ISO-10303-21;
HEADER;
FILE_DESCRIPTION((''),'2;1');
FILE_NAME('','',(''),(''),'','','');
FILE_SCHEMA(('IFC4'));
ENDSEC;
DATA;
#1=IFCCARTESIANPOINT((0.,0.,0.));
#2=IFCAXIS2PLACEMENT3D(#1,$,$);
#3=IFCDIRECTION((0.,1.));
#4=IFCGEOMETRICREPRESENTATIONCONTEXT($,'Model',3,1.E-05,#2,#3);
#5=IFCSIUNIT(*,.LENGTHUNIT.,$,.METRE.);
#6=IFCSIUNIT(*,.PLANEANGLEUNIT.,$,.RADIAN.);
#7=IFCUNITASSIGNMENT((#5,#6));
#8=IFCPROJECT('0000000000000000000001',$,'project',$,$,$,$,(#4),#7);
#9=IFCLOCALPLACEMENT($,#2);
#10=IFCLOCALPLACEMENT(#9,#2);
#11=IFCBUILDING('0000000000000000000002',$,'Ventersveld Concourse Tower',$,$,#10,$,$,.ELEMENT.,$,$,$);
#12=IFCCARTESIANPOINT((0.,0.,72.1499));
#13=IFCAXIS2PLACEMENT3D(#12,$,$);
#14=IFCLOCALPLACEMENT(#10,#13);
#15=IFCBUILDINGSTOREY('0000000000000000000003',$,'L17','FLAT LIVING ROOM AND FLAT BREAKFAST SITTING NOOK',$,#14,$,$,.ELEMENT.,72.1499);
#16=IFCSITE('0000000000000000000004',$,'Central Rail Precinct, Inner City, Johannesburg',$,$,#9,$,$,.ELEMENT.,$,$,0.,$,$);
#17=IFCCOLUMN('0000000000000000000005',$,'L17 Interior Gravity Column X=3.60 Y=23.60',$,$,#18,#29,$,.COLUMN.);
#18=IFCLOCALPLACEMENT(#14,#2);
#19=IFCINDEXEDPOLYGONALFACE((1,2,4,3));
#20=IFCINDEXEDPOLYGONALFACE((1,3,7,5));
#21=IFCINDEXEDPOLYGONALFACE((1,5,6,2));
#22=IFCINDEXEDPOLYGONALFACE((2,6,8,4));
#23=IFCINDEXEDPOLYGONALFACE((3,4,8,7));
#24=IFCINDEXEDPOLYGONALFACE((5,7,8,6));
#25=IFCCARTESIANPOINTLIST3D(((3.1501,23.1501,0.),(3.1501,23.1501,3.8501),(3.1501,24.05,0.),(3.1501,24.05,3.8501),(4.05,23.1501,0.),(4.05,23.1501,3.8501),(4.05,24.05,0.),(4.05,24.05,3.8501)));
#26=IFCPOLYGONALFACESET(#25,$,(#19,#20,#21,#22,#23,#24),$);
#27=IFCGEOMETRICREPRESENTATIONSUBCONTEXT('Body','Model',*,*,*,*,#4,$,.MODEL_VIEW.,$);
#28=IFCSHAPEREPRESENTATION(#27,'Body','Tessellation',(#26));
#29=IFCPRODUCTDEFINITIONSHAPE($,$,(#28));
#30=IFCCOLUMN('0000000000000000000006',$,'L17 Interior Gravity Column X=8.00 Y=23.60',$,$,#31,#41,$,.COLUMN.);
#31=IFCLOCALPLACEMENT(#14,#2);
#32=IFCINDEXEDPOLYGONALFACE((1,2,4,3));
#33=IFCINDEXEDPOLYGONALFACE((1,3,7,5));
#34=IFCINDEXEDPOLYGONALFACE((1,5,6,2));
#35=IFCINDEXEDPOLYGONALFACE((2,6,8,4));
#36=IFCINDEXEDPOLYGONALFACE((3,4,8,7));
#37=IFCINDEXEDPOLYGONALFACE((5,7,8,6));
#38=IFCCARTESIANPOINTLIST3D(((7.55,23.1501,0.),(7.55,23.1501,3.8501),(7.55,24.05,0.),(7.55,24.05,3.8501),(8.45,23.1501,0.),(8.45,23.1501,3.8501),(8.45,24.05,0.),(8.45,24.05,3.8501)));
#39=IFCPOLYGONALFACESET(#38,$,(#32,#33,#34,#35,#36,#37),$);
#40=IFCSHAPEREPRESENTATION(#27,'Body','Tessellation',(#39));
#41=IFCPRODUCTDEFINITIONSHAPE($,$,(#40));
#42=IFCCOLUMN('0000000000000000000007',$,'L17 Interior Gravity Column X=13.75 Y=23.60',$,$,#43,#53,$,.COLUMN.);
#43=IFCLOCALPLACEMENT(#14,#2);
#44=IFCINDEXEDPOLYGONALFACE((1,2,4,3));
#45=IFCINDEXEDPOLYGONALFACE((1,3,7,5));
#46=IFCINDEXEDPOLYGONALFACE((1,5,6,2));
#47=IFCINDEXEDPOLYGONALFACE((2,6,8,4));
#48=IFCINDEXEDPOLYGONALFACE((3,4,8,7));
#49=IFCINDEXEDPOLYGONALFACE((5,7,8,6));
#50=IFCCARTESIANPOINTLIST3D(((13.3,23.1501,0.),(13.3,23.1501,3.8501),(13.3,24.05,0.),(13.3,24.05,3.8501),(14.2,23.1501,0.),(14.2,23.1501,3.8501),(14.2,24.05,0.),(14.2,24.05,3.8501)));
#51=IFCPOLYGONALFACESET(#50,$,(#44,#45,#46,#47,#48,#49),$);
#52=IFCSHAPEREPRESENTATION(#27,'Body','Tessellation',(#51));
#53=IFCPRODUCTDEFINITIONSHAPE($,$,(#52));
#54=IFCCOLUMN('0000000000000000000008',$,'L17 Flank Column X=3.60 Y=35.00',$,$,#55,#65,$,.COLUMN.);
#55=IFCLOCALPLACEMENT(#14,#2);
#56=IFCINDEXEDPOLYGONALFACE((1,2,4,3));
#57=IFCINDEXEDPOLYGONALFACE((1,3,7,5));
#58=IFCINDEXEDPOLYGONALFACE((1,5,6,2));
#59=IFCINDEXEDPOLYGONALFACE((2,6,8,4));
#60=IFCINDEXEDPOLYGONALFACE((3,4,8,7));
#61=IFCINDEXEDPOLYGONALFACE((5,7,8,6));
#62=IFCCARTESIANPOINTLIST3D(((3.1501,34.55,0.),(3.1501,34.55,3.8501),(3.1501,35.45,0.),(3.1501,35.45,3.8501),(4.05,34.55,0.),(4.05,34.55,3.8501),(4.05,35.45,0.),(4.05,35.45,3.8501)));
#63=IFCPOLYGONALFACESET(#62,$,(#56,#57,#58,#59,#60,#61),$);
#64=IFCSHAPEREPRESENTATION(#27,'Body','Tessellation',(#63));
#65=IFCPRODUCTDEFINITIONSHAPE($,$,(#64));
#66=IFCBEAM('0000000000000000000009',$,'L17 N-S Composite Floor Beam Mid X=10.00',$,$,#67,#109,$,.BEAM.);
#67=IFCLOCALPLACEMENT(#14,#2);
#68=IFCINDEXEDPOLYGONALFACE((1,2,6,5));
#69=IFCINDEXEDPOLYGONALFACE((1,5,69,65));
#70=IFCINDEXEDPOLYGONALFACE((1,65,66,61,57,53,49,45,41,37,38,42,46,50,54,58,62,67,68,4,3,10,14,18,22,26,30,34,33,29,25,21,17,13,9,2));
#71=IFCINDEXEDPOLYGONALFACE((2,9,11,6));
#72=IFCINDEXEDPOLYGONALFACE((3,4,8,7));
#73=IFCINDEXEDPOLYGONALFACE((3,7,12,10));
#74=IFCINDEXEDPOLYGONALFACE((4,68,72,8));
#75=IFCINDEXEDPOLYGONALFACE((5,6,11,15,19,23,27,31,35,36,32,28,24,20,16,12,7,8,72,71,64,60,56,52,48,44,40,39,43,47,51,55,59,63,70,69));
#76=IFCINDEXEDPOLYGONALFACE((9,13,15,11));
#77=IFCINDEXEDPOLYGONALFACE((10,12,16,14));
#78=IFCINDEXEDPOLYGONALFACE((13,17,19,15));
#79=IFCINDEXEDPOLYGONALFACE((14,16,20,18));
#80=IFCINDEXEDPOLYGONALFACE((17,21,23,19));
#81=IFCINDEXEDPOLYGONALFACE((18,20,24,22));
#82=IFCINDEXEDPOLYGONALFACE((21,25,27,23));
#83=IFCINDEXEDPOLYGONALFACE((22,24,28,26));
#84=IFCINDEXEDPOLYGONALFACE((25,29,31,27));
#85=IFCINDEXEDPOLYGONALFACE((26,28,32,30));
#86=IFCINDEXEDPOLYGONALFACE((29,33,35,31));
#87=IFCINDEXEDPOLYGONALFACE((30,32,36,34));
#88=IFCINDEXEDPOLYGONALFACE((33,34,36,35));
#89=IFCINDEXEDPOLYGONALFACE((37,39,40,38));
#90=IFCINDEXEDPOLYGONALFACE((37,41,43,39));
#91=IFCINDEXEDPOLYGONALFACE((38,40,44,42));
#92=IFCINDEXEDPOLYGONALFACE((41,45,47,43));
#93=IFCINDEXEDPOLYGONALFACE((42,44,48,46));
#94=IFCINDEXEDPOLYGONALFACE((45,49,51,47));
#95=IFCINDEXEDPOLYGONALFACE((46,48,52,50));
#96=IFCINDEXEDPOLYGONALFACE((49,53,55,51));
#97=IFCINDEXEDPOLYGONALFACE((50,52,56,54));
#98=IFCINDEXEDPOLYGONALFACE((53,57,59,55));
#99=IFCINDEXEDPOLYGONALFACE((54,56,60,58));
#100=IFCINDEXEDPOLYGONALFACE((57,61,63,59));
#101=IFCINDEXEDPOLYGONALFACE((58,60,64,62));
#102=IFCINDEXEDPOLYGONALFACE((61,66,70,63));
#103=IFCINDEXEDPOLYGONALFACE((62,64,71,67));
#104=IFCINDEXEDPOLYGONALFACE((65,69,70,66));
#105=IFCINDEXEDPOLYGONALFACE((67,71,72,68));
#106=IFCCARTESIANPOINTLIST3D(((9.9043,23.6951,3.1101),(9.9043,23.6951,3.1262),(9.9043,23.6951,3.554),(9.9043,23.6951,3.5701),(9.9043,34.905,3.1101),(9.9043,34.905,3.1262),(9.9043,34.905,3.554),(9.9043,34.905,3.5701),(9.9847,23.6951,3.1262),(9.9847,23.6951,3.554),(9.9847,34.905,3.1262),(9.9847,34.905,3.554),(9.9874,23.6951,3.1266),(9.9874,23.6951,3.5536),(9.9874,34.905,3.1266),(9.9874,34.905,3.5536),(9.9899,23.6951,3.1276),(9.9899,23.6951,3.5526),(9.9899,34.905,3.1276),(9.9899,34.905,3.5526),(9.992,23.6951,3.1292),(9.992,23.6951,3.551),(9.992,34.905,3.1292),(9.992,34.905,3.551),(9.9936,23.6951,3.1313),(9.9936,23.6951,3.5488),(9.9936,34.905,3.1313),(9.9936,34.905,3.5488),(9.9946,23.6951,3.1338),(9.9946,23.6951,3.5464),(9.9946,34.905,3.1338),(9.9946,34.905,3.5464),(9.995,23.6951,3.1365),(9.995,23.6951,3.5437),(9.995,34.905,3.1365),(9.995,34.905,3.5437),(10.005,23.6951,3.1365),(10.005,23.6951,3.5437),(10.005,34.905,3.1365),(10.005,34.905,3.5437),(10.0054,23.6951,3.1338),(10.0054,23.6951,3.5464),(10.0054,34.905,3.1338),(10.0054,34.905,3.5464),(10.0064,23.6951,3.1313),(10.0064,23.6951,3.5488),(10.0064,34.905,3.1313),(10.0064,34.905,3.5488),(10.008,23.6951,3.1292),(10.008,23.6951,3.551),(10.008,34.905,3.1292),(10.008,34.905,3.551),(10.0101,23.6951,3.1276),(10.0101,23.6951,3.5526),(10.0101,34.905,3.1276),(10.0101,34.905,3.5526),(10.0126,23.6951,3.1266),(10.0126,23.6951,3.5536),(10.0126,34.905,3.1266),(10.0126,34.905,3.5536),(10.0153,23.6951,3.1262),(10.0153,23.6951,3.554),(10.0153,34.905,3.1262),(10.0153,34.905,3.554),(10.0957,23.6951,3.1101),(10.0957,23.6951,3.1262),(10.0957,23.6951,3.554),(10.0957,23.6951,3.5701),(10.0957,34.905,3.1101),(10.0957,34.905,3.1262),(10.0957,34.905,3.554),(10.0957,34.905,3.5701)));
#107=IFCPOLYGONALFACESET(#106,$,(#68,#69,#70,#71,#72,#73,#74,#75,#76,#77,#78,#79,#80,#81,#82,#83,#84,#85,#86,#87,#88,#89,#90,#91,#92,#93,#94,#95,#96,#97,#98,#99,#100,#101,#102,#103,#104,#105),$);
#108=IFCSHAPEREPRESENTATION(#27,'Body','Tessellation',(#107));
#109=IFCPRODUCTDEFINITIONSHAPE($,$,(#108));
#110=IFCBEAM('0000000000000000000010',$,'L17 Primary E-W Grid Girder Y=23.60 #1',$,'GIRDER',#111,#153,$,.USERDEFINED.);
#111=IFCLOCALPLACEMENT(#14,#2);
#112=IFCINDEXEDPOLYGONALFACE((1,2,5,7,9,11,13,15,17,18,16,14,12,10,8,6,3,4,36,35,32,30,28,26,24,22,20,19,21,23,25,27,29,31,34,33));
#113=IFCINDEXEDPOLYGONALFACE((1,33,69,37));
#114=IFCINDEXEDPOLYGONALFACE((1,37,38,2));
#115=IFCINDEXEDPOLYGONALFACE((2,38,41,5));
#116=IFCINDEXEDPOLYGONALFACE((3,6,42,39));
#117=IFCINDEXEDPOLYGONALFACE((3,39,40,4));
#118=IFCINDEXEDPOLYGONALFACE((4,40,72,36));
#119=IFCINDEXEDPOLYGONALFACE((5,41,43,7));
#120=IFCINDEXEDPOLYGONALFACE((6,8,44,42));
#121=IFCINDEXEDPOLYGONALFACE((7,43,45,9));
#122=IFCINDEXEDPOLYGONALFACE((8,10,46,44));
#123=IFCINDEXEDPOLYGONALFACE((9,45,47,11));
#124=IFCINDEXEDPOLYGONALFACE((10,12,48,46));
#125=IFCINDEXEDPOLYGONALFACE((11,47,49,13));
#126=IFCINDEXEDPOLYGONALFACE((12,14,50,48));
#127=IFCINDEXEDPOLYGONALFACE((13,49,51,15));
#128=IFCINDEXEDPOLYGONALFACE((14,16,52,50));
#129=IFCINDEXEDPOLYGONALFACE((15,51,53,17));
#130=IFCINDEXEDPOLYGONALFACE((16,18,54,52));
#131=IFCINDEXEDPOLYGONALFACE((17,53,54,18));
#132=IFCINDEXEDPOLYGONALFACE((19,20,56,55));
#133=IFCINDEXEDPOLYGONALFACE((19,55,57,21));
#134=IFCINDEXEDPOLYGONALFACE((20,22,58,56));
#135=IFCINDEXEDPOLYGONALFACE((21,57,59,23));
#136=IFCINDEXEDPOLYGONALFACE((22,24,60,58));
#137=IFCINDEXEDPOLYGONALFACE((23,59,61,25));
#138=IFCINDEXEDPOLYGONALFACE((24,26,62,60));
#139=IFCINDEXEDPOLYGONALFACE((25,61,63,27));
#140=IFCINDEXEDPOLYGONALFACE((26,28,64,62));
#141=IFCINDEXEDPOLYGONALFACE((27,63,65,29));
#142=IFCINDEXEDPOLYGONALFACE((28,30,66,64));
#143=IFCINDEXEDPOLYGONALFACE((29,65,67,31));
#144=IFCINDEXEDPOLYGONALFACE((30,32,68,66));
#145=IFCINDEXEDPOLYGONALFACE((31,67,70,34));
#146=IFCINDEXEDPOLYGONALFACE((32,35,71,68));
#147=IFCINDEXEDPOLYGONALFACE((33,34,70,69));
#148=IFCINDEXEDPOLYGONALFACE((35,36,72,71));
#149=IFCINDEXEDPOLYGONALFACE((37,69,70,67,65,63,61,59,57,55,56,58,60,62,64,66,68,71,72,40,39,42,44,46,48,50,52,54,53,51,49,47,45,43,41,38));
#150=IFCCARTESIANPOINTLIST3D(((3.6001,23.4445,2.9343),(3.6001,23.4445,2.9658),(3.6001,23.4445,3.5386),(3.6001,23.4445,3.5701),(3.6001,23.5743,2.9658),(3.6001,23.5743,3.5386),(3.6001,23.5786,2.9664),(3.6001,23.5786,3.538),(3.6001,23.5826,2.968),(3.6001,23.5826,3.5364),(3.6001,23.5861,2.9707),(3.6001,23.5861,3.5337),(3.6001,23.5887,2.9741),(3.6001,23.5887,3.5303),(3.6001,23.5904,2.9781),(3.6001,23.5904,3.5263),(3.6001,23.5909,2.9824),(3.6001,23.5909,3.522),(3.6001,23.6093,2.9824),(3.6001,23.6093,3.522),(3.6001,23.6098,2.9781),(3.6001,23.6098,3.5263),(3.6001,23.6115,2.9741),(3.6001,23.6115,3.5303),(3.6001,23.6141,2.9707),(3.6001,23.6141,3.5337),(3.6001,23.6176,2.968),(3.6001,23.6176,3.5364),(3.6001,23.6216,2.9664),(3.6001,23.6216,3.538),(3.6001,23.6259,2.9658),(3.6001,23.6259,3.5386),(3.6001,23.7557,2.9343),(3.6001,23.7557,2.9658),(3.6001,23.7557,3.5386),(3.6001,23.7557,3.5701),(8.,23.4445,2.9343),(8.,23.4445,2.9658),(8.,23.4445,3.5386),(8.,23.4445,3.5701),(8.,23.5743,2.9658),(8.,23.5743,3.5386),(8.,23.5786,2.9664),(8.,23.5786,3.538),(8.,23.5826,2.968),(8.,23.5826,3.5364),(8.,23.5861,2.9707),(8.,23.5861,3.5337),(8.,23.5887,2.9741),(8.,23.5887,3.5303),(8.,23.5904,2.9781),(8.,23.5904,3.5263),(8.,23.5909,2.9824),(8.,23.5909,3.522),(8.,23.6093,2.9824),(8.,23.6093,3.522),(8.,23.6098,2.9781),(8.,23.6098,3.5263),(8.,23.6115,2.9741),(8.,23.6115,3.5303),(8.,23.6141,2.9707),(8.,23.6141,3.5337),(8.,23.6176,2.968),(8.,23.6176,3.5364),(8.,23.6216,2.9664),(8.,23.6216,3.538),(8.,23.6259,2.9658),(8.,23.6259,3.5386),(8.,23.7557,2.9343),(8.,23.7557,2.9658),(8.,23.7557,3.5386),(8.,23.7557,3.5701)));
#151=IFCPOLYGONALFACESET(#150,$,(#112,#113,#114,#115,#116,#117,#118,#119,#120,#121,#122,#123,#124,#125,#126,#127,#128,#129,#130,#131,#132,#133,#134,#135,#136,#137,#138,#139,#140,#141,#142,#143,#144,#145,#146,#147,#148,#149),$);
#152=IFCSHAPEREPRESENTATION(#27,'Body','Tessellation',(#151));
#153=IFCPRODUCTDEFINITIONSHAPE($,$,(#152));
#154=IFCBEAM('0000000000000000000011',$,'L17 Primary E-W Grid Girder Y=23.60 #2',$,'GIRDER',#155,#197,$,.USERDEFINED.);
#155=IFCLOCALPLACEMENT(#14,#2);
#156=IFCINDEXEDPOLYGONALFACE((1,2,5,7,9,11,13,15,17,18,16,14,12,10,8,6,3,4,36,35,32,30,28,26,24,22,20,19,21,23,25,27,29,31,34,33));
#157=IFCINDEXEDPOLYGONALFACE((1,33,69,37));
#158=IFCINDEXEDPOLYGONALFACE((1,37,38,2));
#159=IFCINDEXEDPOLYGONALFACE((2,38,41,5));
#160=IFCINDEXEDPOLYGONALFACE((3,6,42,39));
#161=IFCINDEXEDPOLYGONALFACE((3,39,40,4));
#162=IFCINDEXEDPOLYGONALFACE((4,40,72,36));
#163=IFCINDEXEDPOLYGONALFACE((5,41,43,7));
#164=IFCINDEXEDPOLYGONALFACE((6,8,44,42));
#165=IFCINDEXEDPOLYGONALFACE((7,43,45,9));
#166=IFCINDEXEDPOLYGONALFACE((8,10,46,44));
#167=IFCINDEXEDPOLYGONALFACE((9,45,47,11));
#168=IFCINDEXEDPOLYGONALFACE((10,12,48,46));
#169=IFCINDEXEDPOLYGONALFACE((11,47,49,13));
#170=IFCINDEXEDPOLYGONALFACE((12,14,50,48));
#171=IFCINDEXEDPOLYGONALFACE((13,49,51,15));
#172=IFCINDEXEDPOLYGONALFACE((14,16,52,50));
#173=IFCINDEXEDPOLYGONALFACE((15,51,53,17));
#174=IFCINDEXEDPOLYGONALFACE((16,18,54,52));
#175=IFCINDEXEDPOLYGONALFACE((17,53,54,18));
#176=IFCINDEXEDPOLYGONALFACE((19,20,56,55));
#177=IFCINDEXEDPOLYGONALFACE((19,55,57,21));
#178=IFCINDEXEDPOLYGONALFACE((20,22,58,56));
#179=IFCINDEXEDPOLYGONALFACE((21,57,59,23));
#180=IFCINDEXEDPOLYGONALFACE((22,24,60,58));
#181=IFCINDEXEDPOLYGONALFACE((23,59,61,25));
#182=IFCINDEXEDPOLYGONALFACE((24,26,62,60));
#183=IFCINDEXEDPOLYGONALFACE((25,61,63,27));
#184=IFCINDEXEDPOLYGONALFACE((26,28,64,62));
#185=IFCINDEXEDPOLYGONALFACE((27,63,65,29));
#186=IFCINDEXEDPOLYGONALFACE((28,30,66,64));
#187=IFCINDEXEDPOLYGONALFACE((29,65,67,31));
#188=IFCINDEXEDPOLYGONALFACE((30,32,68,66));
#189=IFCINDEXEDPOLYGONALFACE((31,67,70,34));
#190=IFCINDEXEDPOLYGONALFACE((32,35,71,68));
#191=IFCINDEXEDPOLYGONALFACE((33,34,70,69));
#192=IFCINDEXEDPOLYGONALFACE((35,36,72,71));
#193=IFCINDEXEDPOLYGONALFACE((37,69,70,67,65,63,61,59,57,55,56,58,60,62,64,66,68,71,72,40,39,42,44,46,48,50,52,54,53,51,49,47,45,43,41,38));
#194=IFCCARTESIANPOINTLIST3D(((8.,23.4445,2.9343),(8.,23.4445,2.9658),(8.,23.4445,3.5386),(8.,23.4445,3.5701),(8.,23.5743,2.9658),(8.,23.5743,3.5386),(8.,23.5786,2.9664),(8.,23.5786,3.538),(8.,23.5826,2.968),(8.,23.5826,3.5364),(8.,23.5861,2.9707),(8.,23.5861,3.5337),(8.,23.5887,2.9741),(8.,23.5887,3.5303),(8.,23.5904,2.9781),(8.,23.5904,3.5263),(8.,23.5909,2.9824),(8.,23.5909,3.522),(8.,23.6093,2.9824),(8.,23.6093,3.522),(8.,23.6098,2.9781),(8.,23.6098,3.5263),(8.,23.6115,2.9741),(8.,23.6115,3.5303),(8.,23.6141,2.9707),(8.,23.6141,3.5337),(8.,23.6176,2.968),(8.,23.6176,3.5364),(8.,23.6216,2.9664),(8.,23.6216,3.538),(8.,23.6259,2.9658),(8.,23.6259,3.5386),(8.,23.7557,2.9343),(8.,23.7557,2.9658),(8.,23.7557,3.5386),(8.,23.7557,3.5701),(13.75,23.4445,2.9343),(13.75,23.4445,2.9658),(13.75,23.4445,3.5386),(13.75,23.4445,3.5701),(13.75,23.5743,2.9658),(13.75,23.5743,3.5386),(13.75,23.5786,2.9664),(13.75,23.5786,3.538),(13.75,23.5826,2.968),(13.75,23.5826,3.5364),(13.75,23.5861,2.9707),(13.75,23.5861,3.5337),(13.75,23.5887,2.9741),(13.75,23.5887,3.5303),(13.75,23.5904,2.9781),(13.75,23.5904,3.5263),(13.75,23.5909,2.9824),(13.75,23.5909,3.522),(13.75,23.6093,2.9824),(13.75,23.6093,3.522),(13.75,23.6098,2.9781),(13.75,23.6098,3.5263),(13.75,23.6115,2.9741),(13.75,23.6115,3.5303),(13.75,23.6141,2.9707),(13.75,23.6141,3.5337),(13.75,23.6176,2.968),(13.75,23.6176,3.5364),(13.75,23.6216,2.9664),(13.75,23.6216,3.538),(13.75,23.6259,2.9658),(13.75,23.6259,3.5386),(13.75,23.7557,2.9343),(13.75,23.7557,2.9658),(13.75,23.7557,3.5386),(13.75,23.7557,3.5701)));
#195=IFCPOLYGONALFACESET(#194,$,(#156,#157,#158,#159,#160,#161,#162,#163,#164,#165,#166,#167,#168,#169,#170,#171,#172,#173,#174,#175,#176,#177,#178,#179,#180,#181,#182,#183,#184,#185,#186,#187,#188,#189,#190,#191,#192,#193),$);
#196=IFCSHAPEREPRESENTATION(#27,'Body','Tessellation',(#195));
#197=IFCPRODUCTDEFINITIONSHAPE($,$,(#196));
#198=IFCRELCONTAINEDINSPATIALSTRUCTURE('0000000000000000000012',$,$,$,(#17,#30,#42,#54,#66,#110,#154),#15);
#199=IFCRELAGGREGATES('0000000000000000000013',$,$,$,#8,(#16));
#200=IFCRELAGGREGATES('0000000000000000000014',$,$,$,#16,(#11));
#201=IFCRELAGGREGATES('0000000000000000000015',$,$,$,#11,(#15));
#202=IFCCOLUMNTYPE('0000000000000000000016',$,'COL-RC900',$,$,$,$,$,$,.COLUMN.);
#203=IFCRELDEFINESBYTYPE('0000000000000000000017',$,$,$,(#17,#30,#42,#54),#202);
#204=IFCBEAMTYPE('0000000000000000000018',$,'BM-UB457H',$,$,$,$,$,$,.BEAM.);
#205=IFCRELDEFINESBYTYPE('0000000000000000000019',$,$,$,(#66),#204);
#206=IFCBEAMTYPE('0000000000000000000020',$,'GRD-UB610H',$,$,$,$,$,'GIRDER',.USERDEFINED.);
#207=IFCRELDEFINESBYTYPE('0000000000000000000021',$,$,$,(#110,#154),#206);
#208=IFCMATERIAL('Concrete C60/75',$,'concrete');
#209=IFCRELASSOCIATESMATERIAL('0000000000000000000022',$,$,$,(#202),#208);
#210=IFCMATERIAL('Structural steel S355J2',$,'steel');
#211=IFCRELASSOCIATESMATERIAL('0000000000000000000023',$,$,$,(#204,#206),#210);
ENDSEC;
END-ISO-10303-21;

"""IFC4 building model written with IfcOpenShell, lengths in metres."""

from ifc_helpers import new_model, si_unit, direction, frame, origin, origin_2d, place, context, subcontext, project, spatial, rectangle, i_section, extrude, material, material_profile, profile_set, type_object, element, save


model = new_model("IFC4")

# Units and contexts
model_context = context("Model", 3, precision=1e-05, world=origin(), true_north=direction((0.0, 1.0)))
body_context = subcontext(model_context, "Body", "Model", "MODEL_VIEW")
ifc_project = project(units=[si_unit("LENGTHUNIT", "METRE"), si_unit("PLANEANGLEUNIT", "RADIAN")], contexts=[model_context])

# Site, building, storey
site_placement = place(None, origin())
site = spatial("IfcSite", under=ifc_project, at=site_placement, Name="Central Rail Precinct, Inner City, Johannesburg", CompositionType="ELEMENT", RefElevation=0.0)
building_placement = place(site_placement, origin())
building = spatial("IfcBuilding", under=site, at=building_placement, Name="Ventersveld Concourse Tower", CompositionType="ELEMENT")
storey_placement = place(building_placement, frame((0.0, 0.0, 72.1499)))
storey = spatial("IfcBuildingStorey", under=building, at=storey_placement, Name="L17", Description="FLAT LIVING ROOM AND FLAT BREAKFAST SITTING NOOK", CompositionType="ELEMENT", Elevation=72.1499)

# Columns
ifc_material_1 = material(Name="Concrete C60/75", Category="concrete")
ifc_material_profile_1 = material_profile(ifc_material_1, rectangle(XDim=0.8999, YDim=0.8999, at=origin_2d()), Name="RC 900x900")
ifc_profile_set_1 = profile_set([ifc_material_profile_1], Name="Concrete C60/75")
column_type = type_object("IfcColumnType", Name="COL-RC900", PredefinedType="COLUMN", material=ifc_profile_set_1)
for number, where, z_axis, x_axis, name in (
    (1, (3.6001, 23.6001, 0.0), (0.0, 0.0, 1.0), (1.0, 0.0, 0.0), "L17 Interior Gravity Column X=3.60 Y=23.60"),
    (2, (8.0, 23.6001, 0.0), (0.0, 0.0, 1.0), (1.0, 0.0, 0.0), "L17 Interior Gravity Column X=8.00 Y=23.60"),
    (3, (13.75, 23.6001, 0.0), (0.0, 0.0, 1.0), (1.0, 0.0, 0.0), "L17 Interior Gravity Column X=13.75 Y=23.60"),
    (4, (3.6001, 35.0, 0.0), (0.0, 0.0, 1.0), (1.0, 0.0, 0.0), "L17 Flank Column X=3.60 Y=35.00"),
):
    element("IfcColumn", number, at=place(storey_placement, frame(where, z_axis=z_axis, x_axis=x_axis)), inside=storey, type_object=column_type, Name=name, PredefinedType="COLUMN", context=body_context, shape_type="SweptSolid", body=[
        extrude(rectangle(XDim=0.8999, YDim=0.8999, at=origin_2d()), origin(), (0.0, 0.0, 1.0), 3.8501),
    ])

# Beams
ifc_material_2 = material(Name="Structural steel S355J2", Category="steel")
ifc_material_profile_2 = material_profile(ifc_material_2, i_section(OverallWidth=0.1914, OverallDepth=0.46, WebThickness=0.01, FlangeThickness=0.0161, FilletRadius=0.0103, at=origin_2d()), Name="UB 457x191x82")
ifc_profile_set_2 = profile_set([ifc_material_profile_2], Name="Structural steel S355J2")
beam_type_1 = type_object("IfcBeamType", Name="BM-UB457H", PredefinedType="BEAM", material=ifc_profile_set_2)
beam_1_placement = place(storey_placement, frame((10.0, 23.6951, 3.3401), z_axis=(0.0, 1.0, 0.0), x_axis=(-1.0, 0.0, 0.0)))
element("IfcBeam", 5, at=beam_1_placement, inside=storey, type_object=beam_type_1, Name="L17 N-S Composite Floor Beam Mid X=10.00", PredefinedType="BEAM", context=body_context, shape_type="SweptSolid", body=[
    extrude(i_section(OverallWidth=0.1914, OverallDepth=0.46, WebThickness=0.01, FlangeThickness=0.0161, FilletRadius=0.0103, at=origin_2d()), origin(), (0.0, 0.0, 1.0), 11.21),
])
ifc_material_profile_3 = material_profile(ifc_material_2, i_section(OverallWidth=0.3113, OverallDepth=0.6357, WebThickness=0.0183, FlangeThickness=0.0315, FilletRadius=0.0166, at=origin_2d()), Name="UB 610x305x238")
ifc_profile_set_3 = profile_set([ifc_material_profile_3], Name="Structural steel S355J2")
beam_type_2 = type_object("IfcBeamType", Name="GRD-UB610H", ElementType="GIRDER", PredefinedType="USERDEFINED", material=ifc_profile_set_3)
beam_2_placement = place(storey_placement, frame((3.6001, 23.6001, 3.2522), z_axis=(1.0, 0.0, 0.0), x_axis=(0.0, 1.0, 0.0)))
element("IfcBeam", 6, at=beam_2_placement, inside=storey, type_object=beam_type_2, Name="L17 Primary E-W Grid Girder Y=23.60 #1", ObjectType="GIRDER", PredefinedType="USERDEFINED", context=body_context, shape_type="SweptSolid", body=[
    extrude(i_section(OverallWidth=0.3113, OverallDepth=0.6357, WebThickness=0.0183, FlangeThickness=0.0315, FilletRadius=0.0166, at=origin_2d()), origin(), (0.0, 0.0, 1.0), 4.3999),
])
beam_3_placement = place(storey_placement, frame((8.0, 23.6001, 3.2522), z_axis=(1.0, 0.0, 0.0), x_axis=(0.0, 1.0, 0.0)))
element("IfcBeam", 7, at=beam_3_placement, inside=storey, type_object=beam_type_2, Name="L17 Primary E-W Grid Girder Y=23.60 #2", ObjectType="GIRDER", PredefinedType="USERDEFINED", context=body_context, shape_type="SweptSolid", body=[
    extrude(i_section(OverallWidth=0.3113, OverallDepth=0.6357, WebThickness=0.0183, FlangeThickness=0.0315, FilletRadius=0.0166, at=origin_2d()), origin(), (0.0, 0.0, 1.0), 5.75),
])

save(model, "model.ifc")
